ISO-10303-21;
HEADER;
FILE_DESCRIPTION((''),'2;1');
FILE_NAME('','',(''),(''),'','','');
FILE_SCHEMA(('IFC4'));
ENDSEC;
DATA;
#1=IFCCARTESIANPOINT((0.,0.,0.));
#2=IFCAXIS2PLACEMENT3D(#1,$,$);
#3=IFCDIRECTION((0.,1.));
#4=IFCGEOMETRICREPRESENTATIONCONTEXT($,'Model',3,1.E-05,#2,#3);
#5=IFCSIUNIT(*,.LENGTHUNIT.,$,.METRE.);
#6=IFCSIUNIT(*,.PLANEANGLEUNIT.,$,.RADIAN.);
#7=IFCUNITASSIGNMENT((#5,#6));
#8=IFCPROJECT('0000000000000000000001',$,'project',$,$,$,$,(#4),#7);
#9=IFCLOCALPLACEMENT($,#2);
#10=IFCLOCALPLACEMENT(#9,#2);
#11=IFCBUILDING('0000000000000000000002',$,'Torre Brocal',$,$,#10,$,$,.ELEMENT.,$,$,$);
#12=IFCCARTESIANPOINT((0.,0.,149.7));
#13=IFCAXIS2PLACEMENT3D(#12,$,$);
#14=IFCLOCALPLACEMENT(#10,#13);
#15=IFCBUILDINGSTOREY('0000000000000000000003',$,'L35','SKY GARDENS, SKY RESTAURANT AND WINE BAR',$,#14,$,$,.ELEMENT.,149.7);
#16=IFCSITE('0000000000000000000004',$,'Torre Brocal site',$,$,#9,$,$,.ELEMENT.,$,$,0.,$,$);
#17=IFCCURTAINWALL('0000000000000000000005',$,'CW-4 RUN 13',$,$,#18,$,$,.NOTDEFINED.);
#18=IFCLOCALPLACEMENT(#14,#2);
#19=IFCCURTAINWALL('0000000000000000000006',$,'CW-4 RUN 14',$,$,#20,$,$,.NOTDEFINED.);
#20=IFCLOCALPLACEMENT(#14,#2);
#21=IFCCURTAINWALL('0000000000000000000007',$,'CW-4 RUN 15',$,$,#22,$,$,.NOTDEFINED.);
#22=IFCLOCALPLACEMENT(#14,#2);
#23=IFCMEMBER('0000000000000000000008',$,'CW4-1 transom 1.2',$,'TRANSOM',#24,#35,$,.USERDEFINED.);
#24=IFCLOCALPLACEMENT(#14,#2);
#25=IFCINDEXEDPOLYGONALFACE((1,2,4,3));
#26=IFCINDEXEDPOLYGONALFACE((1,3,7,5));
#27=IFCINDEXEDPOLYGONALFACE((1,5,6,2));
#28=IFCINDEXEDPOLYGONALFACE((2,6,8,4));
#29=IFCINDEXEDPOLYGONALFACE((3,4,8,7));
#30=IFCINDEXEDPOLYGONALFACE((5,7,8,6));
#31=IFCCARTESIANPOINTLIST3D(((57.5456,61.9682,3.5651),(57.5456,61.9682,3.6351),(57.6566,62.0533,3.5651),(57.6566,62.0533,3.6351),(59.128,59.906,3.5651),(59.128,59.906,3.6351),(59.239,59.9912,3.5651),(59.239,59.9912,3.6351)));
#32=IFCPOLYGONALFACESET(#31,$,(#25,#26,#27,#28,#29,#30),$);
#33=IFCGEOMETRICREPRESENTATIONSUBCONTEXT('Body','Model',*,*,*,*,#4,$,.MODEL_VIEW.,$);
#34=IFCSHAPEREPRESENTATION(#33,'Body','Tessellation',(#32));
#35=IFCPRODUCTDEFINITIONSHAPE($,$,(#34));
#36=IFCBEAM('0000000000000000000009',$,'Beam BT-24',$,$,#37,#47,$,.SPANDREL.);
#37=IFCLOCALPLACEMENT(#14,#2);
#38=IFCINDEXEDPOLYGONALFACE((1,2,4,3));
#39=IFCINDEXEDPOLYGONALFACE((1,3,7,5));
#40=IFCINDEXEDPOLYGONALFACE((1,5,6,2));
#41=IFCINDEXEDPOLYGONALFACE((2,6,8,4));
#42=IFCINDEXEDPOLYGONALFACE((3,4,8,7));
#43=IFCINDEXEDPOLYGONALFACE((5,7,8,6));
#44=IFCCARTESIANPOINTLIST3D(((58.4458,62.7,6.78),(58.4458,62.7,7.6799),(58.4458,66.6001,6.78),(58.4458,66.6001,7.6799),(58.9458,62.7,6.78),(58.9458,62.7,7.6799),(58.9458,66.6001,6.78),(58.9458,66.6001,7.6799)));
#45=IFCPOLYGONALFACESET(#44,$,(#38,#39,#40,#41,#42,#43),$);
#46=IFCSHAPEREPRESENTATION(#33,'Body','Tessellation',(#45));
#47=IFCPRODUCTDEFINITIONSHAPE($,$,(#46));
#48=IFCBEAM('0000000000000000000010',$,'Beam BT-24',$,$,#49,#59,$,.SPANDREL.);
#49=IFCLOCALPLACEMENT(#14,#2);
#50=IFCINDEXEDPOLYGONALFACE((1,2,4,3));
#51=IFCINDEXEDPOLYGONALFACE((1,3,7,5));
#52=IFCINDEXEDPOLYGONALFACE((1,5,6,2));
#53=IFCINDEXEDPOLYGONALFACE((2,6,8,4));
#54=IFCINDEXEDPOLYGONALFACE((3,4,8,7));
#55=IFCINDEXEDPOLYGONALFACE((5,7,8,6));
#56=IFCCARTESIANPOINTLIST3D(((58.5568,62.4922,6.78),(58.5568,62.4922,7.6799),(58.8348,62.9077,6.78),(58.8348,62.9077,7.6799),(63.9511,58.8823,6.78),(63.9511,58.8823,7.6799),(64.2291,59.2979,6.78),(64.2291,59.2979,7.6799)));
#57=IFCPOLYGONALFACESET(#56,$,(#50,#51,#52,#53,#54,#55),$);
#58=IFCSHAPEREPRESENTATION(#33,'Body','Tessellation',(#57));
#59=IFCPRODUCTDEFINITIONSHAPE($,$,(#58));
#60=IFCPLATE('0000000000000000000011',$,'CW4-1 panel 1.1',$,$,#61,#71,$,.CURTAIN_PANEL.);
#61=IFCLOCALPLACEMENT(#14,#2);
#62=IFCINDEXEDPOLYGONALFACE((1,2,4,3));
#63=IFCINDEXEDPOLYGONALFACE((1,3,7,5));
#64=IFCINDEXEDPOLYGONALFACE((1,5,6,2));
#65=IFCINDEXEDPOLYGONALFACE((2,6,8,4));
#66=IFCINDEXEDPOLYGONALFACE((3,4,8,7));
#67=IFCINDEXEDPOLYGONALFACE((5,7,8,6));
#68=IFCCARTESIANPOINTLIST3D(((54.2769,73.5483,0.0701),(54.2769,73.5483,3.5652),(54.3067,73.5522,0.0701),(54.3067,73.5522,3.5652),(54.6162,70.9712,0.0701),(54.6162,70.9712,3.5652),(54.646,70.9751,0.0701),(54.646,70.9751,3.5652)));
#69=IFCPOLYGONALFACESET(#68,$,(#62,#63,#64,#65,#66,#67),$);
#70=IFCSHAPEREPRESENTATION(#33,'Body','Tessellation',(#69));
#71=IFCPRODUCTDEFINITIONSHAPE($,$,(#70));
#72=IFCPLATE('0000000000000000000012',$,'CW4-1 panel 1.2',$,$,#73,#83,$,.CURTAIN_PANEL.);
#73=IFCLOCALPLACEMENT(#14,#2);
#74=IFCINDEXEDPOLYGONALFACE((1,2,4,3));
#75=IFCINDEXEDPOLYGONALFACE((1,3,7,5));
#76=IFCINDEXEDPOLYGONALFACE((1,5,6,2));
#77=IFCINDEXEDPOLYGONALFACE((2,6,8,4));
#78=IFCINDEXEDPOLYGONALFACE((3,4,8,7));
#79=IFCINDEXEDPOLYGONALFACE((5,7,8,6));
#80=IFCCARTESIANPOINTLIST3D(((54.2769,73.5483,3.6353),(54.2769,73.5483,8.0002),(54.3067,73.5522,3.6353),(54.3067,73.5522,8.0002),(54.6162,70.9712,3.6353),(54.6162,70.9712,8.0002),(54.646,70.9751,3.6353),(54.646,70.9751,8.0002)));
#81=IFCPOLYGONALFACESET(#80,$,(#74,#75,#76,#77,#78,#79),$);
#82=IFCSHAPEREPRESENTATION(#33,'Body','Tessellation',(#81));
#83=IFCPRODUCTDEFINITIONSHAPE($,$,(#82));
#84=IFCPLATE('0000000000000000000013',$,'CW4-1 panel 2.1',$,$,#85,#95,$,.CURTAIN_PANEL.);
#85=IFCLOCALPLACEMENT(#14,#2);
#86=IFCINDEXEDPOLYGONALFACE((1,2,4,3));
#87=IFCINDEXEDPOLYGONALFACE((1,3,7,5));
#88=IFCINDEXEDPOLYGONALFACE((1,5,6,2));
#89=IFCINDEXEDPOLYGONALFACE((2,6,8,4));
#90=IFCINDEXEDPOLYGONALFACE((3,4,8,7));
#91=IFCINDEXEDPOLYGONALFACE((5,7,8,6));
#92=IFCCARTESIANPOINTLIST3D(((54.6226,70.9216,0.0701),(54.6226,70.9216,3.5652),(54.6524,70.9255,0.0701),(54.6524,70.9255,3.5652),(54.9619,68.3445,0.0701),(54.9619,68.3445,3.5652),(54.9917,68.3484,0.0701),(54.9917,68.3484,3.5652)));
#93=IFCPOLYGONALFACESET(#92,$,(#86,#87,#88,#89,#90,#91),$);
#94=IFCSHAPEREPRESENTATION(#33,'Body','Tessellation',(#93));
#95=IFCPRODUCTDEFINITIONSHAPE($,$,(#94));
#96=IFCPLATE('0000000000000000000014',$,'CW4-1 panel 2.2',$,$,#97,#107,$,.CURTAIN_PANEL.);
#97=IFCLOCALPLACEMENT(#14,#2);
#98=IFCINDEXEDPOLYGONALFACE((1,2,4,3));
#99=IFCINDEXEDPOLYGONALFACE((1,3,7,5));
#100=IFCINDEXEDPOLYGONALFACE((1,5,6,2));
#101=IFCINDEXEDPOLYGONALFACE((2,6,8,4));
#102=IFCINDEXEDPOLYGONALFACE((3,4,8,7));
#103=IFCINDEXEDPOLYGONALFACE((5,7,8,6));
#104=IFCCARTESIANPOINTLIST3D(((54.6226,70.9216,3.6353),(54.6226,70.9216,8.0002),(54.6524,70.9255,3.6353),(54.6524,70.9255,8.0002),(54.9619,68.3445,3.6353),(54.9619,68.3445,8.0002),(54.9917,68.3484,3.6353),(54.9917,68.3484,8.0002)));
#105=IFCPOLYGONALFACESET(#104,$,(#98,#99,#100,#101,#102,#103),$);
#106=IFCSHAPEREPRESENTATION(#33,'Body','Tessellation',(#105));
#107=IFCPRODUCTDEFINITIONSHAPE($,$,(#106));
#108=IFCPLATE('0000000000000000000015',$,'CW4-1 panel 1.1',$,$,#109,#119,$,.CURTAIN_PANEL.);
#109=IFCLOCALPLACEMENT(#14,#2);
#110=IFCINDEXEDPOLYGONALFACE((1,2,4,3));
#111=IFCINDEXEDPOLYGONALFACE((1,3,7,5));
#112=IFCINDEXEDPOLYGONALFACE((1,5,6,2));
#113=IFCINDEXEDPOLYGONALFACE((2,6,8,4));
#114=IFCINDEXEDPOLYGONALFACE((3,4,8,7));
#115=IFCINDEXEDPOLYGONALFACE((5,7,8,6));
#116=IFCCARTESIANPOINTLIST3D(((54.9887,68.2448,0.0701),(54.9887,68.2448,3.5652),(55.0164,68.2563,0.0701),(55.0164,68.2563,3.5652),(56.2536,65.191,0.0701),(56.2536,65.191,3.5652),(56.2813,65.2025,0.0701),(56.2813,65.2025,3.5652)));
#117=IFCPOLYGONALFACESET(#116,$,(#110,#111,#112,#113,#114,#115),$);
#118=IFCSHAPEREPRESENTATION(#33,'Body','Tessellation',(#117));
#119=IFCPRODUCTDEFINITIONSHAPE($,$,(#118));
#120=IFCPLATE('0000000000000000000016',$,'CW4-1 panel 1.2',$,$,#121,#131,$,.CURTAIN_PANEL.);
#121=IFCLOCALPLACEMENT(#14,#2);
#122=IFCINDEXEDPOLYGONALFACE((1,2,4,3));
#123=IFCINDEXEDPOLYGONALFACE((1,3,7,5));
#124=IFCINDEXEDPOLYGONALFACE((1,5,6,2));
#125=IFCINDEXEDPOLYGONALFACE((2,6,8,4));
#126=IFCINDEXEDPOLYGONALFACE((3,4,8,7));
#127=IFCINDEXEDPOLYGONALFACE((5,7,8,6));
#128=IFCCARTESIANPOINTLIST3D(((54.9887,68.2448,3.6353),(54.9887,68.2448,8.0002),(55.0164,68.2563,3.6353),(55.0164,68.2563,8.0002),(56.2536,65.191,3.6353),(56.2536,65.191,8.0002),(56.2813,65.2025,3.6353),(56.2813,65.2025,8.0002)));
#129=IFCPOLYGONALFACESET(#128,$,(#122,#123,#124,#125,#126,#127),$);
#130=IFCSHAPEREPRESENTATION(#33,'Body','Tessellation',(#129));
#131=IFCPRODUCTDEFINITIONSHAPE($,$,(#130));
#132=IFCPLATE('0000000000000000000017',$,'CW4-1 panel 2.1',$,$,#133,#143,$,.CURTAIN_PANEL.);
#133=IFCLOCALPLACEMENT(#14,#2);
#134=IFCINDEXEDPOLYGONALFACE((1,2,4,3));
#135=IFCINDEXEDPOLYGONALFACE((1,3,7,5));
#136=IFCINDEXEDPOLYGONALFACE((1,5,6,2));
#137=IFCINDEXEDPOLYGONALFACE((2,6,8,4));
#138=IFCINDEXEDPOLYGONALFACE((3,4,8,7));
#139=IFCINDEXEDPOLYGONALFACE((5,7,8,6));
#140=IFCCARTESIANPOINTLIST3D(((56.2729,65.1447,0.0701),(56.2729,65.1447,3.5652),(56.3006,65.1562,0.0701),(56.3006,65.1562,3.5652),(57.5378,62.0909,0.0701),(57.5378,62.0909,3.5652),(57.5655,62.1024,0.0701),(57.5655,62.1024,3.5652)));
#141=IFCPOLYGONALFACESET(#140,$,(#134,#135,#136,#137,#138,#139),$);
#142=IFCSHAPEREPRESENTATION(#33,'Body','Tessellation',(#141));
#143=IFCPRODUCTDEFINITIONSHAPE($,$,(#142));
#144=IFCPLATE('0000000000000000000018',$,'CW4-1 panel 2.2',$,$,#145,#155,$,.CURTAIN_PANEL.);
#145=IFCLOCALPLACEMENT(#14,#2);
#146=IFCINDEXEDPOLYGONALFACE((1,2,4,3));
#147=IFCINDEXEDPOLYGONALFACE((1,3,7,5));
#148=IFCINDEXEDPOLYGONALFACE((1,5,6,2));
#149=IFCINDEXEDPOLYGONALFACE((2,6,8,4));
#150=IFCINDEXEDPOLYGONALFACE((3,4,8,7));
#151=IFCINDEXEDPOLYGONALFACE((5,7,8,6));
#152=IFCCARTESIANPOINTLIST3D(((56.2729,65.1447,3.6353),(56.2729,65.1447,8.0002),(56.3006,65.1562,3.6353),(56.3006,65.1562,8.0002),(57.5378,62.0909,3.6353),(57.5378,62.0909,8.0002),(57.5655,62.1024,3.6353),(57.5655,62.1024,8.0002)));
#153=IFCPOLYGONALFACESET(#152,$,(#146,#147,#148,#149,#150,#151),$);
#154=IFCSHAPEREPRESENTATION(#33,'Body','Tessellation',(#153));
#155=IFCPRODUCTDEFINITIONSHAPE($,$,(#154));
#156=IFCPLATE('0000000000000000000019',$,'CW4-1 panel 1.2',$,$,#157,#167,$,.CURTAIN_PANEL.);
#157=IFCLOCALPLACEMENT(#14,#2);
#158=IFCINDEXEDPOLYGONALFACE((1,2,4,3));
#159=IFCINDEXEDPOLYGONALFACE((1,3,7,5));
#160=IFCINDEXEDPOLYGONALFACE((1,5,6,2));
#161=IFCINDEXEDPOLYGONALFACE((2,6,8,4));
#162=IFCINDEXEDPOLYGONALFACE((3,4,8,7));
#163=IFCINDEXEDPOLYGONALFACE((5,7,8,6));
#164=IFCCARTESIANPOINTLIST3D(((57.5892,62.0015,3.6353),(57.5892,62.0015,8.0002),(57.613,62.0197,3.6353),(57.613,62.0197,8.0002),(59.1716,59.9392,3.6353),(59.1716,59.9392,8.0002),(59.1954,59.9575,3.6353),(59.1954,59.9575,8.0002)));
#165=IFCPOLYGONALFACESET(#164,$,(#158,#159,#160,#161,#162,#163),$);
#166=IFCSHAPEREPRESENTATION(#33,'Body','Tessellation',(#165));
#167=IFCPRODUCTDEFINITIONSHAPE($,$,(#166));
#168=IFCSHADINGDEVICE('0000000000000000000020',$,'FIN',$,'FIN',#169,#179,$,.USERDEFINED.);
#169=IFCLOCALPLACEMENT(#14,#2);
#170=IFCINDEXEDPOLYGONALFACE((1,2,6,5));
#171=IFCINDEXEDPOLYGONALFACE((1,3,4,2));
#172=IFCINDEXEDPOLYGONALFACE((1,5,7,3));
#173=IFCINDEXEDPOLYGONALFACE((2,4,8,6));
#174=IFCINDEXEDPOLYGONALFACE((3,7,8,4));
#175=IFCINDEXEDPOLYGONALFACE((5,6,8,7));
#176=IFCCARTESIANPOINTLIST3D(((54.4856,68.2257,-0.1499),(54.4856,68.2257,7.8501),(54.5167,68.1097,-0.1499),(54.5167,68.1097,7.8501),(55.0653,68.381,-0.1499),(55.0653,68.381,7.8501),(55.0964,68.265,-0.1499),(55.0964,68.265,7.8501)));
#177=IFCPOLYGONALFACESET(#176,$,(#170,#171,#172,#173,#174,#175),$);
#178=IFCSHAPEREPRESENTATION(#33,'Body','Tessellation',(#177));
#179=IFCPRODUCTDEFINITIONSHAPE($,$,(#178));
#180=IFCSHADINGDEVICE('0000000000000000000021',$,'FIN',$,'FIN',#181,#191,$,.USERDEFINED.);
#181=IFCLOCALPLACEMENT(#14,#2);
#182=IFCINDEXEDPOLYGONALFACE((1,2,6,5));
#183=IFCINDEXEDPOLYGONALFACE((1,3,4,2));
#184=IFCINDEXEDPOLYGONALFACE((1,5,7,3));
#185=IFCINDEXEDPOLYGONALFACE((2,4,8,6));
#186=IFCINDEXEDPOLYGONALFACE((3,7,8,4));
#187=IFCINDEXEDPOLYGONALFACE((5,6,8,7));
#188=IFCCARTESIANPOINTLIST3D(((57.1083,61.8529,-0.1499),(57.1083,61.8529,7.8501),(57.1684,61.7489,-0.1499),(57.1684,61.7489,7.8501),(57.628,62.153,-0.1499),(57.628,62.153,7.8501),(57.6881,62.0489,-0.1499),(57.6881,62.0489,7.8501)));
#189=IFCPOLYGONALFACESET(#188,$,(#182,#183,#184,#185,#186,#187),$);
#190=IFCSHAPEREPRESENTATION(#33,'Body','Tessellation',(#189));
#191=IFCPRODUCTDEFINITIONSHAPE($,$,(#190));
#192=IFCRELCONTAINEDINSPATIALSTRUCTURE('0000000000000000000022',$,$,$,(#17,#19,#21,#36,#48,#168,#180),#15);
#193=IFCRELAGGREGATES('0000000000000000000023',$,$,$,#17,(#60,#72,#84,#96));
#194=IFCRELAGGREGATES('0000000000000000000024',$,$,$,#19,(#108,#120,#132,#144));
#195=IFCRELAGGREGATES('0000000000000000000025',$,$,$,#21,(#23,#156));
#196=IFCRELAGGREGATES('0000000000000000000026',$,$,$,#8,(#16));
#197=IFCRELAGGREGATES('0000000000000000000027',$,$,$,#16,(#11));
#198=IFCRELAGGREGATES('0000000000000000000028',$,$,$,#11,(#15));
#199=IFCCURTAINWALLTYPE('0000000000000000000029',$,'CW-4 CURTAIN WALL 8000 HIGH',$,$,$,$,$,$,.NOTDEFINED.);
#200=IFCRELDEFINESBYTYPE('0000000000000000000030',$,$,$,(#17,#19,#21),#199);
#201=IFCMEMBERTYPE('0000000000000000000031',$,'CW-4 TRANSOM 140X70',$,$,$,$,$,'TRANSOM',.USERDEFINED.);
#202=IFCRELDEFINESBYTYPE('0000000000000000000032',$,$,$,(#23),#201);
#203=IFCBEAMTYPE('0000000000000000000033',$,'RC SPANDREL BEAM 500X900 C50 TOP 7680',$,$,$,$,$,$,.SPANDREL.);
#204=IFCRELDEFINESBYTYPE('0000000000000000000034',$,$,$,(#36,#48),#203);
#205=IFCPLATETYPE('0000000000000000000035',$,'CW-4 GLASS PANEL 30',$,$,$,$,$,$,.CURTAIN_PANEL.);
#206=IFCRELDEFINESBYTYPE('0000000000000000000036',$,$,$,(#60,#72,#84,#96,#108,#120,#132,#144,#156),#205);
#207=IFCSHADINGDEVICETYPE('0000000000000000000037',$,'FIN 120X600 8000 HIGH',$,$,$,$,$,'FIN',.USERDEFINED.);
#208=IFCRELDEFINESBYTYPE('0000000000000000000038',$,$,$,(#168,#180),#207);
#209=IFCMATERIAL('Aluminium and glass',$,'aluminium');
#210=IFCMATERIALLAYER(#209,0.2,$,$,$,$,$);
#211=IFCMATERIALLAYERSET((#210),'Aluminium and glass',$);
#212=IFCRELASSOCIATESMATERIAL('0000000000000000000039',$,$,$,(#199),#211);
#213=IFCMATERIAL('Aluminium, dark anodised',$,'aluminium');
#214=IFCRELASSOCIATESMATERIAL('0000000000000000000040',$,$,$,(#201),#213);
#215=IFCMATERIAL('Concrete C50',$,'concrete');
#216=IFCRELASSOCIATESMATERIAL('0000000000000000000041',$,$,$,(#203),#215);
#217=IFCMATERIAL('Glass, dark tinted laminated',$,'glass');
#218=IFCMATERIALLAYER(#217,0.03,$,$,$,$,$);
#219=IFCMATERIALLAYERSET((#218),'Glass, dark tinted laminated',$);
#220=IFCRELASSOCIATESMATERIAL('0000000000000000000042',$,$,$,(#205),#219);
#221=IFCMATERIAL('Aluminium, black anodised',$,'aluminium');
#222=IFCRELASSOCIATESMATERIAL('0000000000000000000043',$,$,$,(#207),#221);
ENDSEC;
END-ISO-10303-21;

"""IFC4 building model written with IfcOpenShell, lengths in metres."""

from ifc_helpers import new_model, si_unit, direction, frame, origin, origin_2d, place, context, subcontext, project, spatial, rectangle, extrude, material, layer, layer_set, material_profile, profile_set, type_object, element, aggregate, save


model = new_model("IFC4")

# Units and contexts
model_context = context("Model", 3, precision=1e-05, world=origin(), true_north=direction((0.0, 1.0)))
body_context = subcontext(model_context, "Body", "Model", "MODEL_VIEW")
ifc_project = project(units=[si_unit("LENGTHUNIT", "METRE"), si_unit("PLANEANGLEUNIT", "RADIAN")], contexts=[model_context])

# Site, building, storey
site_placement = place(None, origin())
site = spatial("IfcSite", under=ifc_project, at=site_placement, Name="Torre Brocal site", CompositionType="ELEMENT", RefElevation=0.0)
building_placement = place(site_placement, origin())
building = spatial("IfcBuilding", under=site, at=building_placement, Name="Torre Brocal", CompositionType="ELEMENT")
storey_placement = place(building_placement, frame((0.0, 0.0, 149.7)))
storey = spatial("IfcBuildingStorey", under=building, at=storey_placement, Name="L35", Description="SKY GARDENS, SKY RESTAURANT AND WINE BAR", CompositionType="ELEMENT", Elevation=149.7)

# Curtain walls
ifc_material_1 = material(Name="Aluminium and glass", Category="aluminium")
ifc_layer_1 = layer(ifc_material_1, 0.2)
ifc_layer_set_1 = layer_set([ifc_layer_1], Name="Aluminium and glass")
curtain_wall_type = type_object("IfcCurtainWallType", Name="CW-4 CURTAIN WALL 8000 HIGH", PredefinedType="NOTDEFINED", material=ifc_layer_set_1)
curtain_wall_1_placement = place(storey_placement, origin())
curtain_wall_1 = element("IfcCurtainWall", 1, at=curtain_wall_1_placement, inside=storey, type_object=curtain_wall_type, Name="CW-4 RUN 13", PredefinedType="NOTDEFINED")
curtain_wall_2_placement = place(storey_placement, origin())
curtain_wall_2 = element("IfcCurtainWall", 2, at=curtain_wall_2_placement, inside=storey, type_object=curtain_wall_type, Name="CW-4 RUN 14", PredefinedType="NOTDEFINED")

# Curtain wall
curtain_wall_3_placement = place(storey_placement, origin())
curtain_wall_3 = element("IfcCurtainWall", 3, at=curtain_wall_3_placement, inside=storey, type_object=curtain_wall_type, Name="CW-4 RUN 15", PredefinedType="NOTDEFINED")

# Member
ifc_material_2 = material(Name="Aluminium, dark anodised", Category="aluminium")
ifc_material_profile_1 = material_profile(ifc_material_2, rectangle(XDim=0.1399, YDim=0.0701, at=origin_2d()), Name="CW-4 TRANSOM 140X70")
ifc_profile_set_1 = profile_set([ifc_material_profile_1], Name="Aluminium, dark anodised")
member_type_1 = type_object("IfcMemberType", Name="CW-4 TRANSOM 140X70", ElementType="TRANSOM", PredefinedType="USERDEFINED", material=ifc_profile_set_1)
member_1_placement = place(storey_placement, frame((57.6011, 62.0107, 3.6001), z_axis=(0.608784, -0.793336, 0.0), x_axis=(0.793336, 0.608784, 0.0)))
member_1 = element("IfcMember", 4, at=member_1_placement, type_object=member_type_1, Name="CW4-1 transom 1.2", ObjectType="TRANSOM", PredefinedType="USERDEFINED", context=body_context, shape_type="SweptSolid", body=[
    extrude(rectangle(XDim=0.1399, YDim=0.0701, at=origin_2d()), origin(), (0.0, 0.0, 1.0), 2.5994),
])

# Beams
ifc_material_3 = material(Name="Concrete C50", Category="concrete")
ifc_material_profile_2 = material_profile(ifc_material_3, rectangle(XDim=0.5, YDim=0.8999, at=origin_2d()), Name="RC 500X900")
ifc_profile_set_2 = profile_set([ifc_material_profile_2], Name="Concrete C50")
beam_type = type_object("IfcBeamType", Name="RC SPANDREL BEAM 500X900 C50 TOP 7680", PredefinedType="SPANDREL", material=ifc_profile_set_2)
beam_1_placement = place(storey_placement, frame((58.6958, 62.7, 7.23), z_axis=(0.0, 1.0, 0.0), x_axis=(-1.0, 0.0, 0.0)))
element("IfcBeam", 5, at=beam_1_placement, inside=storey, type_object=beam_type, Name="Beam BT-24", PredefinedType="SPANDREL", context=body_context, shape_type="SweptSolid", body=[
    extrude(rectangle(XDim=0.5, YDim=0.8999, at=origin_2d()), origin(), (0.0, 0.0, 1.0), 3.9001),
])
beam_2_placement = place(storey_placement, frame((58.6958, 62.7, 7.23), z_axis=(0.831077, -0.556158, 0.0), x_axis=(0.556158, 0.831077, 0.0)))
element("IfcBeam", 6, at=beam_2_placement, inside=storey, type_object=beam_type, Name="Beam BT-24", PredefinedType="SPANDREL", context=body_context, shape_type="SweptSolid", body=[
    extrude(rectangle(XDim=0.5, YDim=0.8999, at=origin_2d()), origin(), (0.0, 0.0, 1.0), 6.4907),
])

# Plates
ifc_material_4 = material(Name="Glass, dark tinted laminated", Category="glass")
ifc_layer_2 = layer(ifc_material_4, 0.03)
ifc_layer_set_2 = layer_set([ifc_layer_2], Name="Glass, dark tinted laminated")
plate_type = type_object("IfcPlateType", Name="CW-4 GLASS PANEL 30", PredefinedType="CURTAIN_PANEL", material=ifc_layer_set_2)
plate_1_placement = place(storey_placement, frame((54.4614, 72.2617, 0.0701), z_axis=(0.0, 0.0, 1.0), x_axis=(0.130526, -0.991445, 0.0)))
plate_1 = element("IfcPlate", 7, at=plate_1_placement, type_object=plate_type, Name="CW4-1 panel 1.1", PredefinedType="CURTAIN_PANEL", context=body_context, shape_type="SweptSolid", body=[
    extrude(rectangle(XDim=2.5994, YDim=0.03, at=origin_2d()), origin(), (0.0, 0.0, 1.0), 3.4951),
])
plate_2_placement = place(storey_placement, frame((54.4614, 72.2617, 3.6353), z_axis=(0.0, 0.0, 1.0), x_axis=(0.130526, -0.991445, 0.0)))
plate_2 = element("IfcPlate", 8, at=plate_2_placement, type_object=plate_type, Name="CW4-1 panel 1.2", PredefinedType="CURTAIN_PANEL", context=body_context, shape_type="SweptSolid", body=[
    extrude(rectangle(XDim=2.5994, YDim=0.03, at=origin_2d()), origin(), (0.0, 0.0, 1.0), 4.365),
])
plate_3_placement = place(storey_placement, frame((54.8071, 69.635, 0.0701), z_axis=(0.0, 0.0, 1.0), x_axis=(0.130526, -0.991445, 0.0)))
plate_3 = element("IfcPlate", 9, at=plate_3_placement, type_object=plate_type, Name="CW4-1 panel 2.1", PredefinedType="CURTAIN_PANEL", context=body_context, shape_type="SweptSolid", body=[
    extrude(rectangle(XDim=2.5994, YDim=0.03, at=origin_2d()), origin(), (0.0, 0.0, 1.0), 3.4951),
])
plate_4_placement = place(storey_placement, frame((54.8071, 69.635, 3.6353), z_axis=(0.0, 0.0, 1.0), x_axis=(0.130526, -0.991445, 0.0)))
plate_4 = element("IfcPlate", 10, at=plate_4_placement, type_object=plate_type, Name="CW4-1 panel 2.2", PredefinedType="CURTAIN_PANEL", context=body_context, shape_type="SweptSolid", body=[
    extrude(rectangle(XDim=2.5994, YDim=0.03, at=origin_2d()), origin(), (0.0, 0.0, 1.0), 4.365),
])
aggregate(curtain_wall_1, [plate_1, plate_2, plate_3, plate_4])
plate_5_placement = place(storey_placement, frame((55.635, 66.7236, 0.0701), z_axis=(0.0, 0.0, 1.0), x_axis=(0.382683, -0.92388, 0.0)))
plate_5 = element("IfcPlate", 11, at=plate_5_placement, type_object=plate_type, Name="CW4-1 panel 1.1", PredefinedType="CURTAIN_PANEL", context=body_context, shape_type="SweptSolid", body=[
    extrude(rectangle(XDim=3.3054, YDim=0.03, at=origin_2d()), origin(), (0.0, 0.0, 1.0), 3.4951),
])
plate_6_placement = place(storey_placement, frame((55.635, 66.7236, 3.6353), z_axis=(0.0, 0.0, 1.0), x_axis=(0.382683, -0.92388, 0.0)))
plate_6 = element("IfcPlate", 12, at=plate_6_placement, type_object=plate_type, Name="CW4-1 panel 1.2", PredefinedType="CURTAIN_PANEL", context=body_context, shape_type="SweptSolid", body=[
    extrude(rectangle(XDim=3.3054, YDim=0.03, at=origin_2d()), origin(), (0.0, 0.0, 1.0), 4.365),
])
plate_7_placement = place(storey_placement, frame((56.9192, 63.6235, 0.0701), z_axis=(0.0, 0.0, 1.0), x_axis=(0.382683, -0.92388, 0.0)))
plate_7 = element("IfcPlate", 13, at=plate_7_placement, type_object=plate_type, Name="CW4-1 panel 2.1", PredefinedType="CURTAIN_PANEL", context=body_context, shape_type="SweptSolid", body=[
    extrude(rectangle(XDim=3.3054, YDim=0.03, at=origin_2d()), origin(), (0.0, 0.0, 1.0), 3.4951),
])
plate_8_placement = place(storey_placement, frame((56.9192, 63.6235, 3.6353), z_axis=(0.0, 0.0, 1.0), x_axis=(0.382683, -0.92388, 0.0)))
plate_8 = element("IfcPlate", 14, at=plate_8_placement, type_object=plate_type, Name="CW4-1 panel 2.2", PredefinedType="CURTAIN_PANEL", context=body_context, shape_type="SweptSolid", body=[
    extrude(rectangle(XDim=3.3054, YDim=0.03, at=origin_2d()), origin(), (0.0, 0.0, 1.0), 4.365),
])
aggregate(curtain_wall_2, [plate_5, plate_6, plate_7, plate_8])
plate_9_placement = place(storey_placement, frame((58.3923, 60.9795, 3.6353), z_axis=(0.0, 0.0, 1.0), x_axis=(0.608761, -0.793353, 0.0)))
plate_9 = element("IfcPlate", 15, at=plate_9_placement, type_object=plate_type, Name="CW4-1 panel 1.2", PredefinedType="CURTAIN_PANEL", context=body_context, shape_type="SweptSolid", body=[
    extrude(rectangle(XDim=2.5994, YDim=0.03, at=origin_2d()), origin(), (0.0, 0.0, 1.0), 4.365),
])
aggregate(curtain_wall_3, [member_1, plate_9])

# Shading devices
ifc_material_5 = material(Name="Aluminium, black anodised", Category="aluminium")
ifc_material_profile_3 = material_profile(ifc_material_5, rectangle(XDim=0.1201, YDim=0.6001, at=origin_2d()), Name="FIN 120X600 8000 HIGH")
ifc_profile_set_3 = profile_set([ifc_material_profile_3], Name="Aluminium, black anodised")
shading_device_type = type_object("IfcShadingDeviceType", Name="FIN 120X600 8000 HIGH", ElementType="FIN", PredefinedType="USERDEFINED", material=ifc_profile_set_3)
for number, where, z_axis, x_axis, name in (
    (16, (54.791, 68.2454, -0.1499), (0.0, 0.0, 1.0), (0.258819, -0.965926, 0.0), "FIN"),
    (17, (57.3982, 61.9509, -0.1499), (0.0, 0.0, 1.0), (0.5, -0.866025, 0.0), "FIN"),
):
    element("IfcShadingDevice", number, at=place(storey_placement, frame(where, z_axis=z_axis, x_axis=x_axis)), inside=storey, type_object=shading_device_type, Name=name, ObjectType="FIN", PredefinedType="USERDEFINED", context=body_context, shape_type="SweptSolid", body=[
        extrude(rectangle(XDim=0.1201, YDim=0.6001, at=origin_2d()), origin(), (0.0, 0.0, 1.0), 8.0),
    ])

save(model, "model.ifc")
